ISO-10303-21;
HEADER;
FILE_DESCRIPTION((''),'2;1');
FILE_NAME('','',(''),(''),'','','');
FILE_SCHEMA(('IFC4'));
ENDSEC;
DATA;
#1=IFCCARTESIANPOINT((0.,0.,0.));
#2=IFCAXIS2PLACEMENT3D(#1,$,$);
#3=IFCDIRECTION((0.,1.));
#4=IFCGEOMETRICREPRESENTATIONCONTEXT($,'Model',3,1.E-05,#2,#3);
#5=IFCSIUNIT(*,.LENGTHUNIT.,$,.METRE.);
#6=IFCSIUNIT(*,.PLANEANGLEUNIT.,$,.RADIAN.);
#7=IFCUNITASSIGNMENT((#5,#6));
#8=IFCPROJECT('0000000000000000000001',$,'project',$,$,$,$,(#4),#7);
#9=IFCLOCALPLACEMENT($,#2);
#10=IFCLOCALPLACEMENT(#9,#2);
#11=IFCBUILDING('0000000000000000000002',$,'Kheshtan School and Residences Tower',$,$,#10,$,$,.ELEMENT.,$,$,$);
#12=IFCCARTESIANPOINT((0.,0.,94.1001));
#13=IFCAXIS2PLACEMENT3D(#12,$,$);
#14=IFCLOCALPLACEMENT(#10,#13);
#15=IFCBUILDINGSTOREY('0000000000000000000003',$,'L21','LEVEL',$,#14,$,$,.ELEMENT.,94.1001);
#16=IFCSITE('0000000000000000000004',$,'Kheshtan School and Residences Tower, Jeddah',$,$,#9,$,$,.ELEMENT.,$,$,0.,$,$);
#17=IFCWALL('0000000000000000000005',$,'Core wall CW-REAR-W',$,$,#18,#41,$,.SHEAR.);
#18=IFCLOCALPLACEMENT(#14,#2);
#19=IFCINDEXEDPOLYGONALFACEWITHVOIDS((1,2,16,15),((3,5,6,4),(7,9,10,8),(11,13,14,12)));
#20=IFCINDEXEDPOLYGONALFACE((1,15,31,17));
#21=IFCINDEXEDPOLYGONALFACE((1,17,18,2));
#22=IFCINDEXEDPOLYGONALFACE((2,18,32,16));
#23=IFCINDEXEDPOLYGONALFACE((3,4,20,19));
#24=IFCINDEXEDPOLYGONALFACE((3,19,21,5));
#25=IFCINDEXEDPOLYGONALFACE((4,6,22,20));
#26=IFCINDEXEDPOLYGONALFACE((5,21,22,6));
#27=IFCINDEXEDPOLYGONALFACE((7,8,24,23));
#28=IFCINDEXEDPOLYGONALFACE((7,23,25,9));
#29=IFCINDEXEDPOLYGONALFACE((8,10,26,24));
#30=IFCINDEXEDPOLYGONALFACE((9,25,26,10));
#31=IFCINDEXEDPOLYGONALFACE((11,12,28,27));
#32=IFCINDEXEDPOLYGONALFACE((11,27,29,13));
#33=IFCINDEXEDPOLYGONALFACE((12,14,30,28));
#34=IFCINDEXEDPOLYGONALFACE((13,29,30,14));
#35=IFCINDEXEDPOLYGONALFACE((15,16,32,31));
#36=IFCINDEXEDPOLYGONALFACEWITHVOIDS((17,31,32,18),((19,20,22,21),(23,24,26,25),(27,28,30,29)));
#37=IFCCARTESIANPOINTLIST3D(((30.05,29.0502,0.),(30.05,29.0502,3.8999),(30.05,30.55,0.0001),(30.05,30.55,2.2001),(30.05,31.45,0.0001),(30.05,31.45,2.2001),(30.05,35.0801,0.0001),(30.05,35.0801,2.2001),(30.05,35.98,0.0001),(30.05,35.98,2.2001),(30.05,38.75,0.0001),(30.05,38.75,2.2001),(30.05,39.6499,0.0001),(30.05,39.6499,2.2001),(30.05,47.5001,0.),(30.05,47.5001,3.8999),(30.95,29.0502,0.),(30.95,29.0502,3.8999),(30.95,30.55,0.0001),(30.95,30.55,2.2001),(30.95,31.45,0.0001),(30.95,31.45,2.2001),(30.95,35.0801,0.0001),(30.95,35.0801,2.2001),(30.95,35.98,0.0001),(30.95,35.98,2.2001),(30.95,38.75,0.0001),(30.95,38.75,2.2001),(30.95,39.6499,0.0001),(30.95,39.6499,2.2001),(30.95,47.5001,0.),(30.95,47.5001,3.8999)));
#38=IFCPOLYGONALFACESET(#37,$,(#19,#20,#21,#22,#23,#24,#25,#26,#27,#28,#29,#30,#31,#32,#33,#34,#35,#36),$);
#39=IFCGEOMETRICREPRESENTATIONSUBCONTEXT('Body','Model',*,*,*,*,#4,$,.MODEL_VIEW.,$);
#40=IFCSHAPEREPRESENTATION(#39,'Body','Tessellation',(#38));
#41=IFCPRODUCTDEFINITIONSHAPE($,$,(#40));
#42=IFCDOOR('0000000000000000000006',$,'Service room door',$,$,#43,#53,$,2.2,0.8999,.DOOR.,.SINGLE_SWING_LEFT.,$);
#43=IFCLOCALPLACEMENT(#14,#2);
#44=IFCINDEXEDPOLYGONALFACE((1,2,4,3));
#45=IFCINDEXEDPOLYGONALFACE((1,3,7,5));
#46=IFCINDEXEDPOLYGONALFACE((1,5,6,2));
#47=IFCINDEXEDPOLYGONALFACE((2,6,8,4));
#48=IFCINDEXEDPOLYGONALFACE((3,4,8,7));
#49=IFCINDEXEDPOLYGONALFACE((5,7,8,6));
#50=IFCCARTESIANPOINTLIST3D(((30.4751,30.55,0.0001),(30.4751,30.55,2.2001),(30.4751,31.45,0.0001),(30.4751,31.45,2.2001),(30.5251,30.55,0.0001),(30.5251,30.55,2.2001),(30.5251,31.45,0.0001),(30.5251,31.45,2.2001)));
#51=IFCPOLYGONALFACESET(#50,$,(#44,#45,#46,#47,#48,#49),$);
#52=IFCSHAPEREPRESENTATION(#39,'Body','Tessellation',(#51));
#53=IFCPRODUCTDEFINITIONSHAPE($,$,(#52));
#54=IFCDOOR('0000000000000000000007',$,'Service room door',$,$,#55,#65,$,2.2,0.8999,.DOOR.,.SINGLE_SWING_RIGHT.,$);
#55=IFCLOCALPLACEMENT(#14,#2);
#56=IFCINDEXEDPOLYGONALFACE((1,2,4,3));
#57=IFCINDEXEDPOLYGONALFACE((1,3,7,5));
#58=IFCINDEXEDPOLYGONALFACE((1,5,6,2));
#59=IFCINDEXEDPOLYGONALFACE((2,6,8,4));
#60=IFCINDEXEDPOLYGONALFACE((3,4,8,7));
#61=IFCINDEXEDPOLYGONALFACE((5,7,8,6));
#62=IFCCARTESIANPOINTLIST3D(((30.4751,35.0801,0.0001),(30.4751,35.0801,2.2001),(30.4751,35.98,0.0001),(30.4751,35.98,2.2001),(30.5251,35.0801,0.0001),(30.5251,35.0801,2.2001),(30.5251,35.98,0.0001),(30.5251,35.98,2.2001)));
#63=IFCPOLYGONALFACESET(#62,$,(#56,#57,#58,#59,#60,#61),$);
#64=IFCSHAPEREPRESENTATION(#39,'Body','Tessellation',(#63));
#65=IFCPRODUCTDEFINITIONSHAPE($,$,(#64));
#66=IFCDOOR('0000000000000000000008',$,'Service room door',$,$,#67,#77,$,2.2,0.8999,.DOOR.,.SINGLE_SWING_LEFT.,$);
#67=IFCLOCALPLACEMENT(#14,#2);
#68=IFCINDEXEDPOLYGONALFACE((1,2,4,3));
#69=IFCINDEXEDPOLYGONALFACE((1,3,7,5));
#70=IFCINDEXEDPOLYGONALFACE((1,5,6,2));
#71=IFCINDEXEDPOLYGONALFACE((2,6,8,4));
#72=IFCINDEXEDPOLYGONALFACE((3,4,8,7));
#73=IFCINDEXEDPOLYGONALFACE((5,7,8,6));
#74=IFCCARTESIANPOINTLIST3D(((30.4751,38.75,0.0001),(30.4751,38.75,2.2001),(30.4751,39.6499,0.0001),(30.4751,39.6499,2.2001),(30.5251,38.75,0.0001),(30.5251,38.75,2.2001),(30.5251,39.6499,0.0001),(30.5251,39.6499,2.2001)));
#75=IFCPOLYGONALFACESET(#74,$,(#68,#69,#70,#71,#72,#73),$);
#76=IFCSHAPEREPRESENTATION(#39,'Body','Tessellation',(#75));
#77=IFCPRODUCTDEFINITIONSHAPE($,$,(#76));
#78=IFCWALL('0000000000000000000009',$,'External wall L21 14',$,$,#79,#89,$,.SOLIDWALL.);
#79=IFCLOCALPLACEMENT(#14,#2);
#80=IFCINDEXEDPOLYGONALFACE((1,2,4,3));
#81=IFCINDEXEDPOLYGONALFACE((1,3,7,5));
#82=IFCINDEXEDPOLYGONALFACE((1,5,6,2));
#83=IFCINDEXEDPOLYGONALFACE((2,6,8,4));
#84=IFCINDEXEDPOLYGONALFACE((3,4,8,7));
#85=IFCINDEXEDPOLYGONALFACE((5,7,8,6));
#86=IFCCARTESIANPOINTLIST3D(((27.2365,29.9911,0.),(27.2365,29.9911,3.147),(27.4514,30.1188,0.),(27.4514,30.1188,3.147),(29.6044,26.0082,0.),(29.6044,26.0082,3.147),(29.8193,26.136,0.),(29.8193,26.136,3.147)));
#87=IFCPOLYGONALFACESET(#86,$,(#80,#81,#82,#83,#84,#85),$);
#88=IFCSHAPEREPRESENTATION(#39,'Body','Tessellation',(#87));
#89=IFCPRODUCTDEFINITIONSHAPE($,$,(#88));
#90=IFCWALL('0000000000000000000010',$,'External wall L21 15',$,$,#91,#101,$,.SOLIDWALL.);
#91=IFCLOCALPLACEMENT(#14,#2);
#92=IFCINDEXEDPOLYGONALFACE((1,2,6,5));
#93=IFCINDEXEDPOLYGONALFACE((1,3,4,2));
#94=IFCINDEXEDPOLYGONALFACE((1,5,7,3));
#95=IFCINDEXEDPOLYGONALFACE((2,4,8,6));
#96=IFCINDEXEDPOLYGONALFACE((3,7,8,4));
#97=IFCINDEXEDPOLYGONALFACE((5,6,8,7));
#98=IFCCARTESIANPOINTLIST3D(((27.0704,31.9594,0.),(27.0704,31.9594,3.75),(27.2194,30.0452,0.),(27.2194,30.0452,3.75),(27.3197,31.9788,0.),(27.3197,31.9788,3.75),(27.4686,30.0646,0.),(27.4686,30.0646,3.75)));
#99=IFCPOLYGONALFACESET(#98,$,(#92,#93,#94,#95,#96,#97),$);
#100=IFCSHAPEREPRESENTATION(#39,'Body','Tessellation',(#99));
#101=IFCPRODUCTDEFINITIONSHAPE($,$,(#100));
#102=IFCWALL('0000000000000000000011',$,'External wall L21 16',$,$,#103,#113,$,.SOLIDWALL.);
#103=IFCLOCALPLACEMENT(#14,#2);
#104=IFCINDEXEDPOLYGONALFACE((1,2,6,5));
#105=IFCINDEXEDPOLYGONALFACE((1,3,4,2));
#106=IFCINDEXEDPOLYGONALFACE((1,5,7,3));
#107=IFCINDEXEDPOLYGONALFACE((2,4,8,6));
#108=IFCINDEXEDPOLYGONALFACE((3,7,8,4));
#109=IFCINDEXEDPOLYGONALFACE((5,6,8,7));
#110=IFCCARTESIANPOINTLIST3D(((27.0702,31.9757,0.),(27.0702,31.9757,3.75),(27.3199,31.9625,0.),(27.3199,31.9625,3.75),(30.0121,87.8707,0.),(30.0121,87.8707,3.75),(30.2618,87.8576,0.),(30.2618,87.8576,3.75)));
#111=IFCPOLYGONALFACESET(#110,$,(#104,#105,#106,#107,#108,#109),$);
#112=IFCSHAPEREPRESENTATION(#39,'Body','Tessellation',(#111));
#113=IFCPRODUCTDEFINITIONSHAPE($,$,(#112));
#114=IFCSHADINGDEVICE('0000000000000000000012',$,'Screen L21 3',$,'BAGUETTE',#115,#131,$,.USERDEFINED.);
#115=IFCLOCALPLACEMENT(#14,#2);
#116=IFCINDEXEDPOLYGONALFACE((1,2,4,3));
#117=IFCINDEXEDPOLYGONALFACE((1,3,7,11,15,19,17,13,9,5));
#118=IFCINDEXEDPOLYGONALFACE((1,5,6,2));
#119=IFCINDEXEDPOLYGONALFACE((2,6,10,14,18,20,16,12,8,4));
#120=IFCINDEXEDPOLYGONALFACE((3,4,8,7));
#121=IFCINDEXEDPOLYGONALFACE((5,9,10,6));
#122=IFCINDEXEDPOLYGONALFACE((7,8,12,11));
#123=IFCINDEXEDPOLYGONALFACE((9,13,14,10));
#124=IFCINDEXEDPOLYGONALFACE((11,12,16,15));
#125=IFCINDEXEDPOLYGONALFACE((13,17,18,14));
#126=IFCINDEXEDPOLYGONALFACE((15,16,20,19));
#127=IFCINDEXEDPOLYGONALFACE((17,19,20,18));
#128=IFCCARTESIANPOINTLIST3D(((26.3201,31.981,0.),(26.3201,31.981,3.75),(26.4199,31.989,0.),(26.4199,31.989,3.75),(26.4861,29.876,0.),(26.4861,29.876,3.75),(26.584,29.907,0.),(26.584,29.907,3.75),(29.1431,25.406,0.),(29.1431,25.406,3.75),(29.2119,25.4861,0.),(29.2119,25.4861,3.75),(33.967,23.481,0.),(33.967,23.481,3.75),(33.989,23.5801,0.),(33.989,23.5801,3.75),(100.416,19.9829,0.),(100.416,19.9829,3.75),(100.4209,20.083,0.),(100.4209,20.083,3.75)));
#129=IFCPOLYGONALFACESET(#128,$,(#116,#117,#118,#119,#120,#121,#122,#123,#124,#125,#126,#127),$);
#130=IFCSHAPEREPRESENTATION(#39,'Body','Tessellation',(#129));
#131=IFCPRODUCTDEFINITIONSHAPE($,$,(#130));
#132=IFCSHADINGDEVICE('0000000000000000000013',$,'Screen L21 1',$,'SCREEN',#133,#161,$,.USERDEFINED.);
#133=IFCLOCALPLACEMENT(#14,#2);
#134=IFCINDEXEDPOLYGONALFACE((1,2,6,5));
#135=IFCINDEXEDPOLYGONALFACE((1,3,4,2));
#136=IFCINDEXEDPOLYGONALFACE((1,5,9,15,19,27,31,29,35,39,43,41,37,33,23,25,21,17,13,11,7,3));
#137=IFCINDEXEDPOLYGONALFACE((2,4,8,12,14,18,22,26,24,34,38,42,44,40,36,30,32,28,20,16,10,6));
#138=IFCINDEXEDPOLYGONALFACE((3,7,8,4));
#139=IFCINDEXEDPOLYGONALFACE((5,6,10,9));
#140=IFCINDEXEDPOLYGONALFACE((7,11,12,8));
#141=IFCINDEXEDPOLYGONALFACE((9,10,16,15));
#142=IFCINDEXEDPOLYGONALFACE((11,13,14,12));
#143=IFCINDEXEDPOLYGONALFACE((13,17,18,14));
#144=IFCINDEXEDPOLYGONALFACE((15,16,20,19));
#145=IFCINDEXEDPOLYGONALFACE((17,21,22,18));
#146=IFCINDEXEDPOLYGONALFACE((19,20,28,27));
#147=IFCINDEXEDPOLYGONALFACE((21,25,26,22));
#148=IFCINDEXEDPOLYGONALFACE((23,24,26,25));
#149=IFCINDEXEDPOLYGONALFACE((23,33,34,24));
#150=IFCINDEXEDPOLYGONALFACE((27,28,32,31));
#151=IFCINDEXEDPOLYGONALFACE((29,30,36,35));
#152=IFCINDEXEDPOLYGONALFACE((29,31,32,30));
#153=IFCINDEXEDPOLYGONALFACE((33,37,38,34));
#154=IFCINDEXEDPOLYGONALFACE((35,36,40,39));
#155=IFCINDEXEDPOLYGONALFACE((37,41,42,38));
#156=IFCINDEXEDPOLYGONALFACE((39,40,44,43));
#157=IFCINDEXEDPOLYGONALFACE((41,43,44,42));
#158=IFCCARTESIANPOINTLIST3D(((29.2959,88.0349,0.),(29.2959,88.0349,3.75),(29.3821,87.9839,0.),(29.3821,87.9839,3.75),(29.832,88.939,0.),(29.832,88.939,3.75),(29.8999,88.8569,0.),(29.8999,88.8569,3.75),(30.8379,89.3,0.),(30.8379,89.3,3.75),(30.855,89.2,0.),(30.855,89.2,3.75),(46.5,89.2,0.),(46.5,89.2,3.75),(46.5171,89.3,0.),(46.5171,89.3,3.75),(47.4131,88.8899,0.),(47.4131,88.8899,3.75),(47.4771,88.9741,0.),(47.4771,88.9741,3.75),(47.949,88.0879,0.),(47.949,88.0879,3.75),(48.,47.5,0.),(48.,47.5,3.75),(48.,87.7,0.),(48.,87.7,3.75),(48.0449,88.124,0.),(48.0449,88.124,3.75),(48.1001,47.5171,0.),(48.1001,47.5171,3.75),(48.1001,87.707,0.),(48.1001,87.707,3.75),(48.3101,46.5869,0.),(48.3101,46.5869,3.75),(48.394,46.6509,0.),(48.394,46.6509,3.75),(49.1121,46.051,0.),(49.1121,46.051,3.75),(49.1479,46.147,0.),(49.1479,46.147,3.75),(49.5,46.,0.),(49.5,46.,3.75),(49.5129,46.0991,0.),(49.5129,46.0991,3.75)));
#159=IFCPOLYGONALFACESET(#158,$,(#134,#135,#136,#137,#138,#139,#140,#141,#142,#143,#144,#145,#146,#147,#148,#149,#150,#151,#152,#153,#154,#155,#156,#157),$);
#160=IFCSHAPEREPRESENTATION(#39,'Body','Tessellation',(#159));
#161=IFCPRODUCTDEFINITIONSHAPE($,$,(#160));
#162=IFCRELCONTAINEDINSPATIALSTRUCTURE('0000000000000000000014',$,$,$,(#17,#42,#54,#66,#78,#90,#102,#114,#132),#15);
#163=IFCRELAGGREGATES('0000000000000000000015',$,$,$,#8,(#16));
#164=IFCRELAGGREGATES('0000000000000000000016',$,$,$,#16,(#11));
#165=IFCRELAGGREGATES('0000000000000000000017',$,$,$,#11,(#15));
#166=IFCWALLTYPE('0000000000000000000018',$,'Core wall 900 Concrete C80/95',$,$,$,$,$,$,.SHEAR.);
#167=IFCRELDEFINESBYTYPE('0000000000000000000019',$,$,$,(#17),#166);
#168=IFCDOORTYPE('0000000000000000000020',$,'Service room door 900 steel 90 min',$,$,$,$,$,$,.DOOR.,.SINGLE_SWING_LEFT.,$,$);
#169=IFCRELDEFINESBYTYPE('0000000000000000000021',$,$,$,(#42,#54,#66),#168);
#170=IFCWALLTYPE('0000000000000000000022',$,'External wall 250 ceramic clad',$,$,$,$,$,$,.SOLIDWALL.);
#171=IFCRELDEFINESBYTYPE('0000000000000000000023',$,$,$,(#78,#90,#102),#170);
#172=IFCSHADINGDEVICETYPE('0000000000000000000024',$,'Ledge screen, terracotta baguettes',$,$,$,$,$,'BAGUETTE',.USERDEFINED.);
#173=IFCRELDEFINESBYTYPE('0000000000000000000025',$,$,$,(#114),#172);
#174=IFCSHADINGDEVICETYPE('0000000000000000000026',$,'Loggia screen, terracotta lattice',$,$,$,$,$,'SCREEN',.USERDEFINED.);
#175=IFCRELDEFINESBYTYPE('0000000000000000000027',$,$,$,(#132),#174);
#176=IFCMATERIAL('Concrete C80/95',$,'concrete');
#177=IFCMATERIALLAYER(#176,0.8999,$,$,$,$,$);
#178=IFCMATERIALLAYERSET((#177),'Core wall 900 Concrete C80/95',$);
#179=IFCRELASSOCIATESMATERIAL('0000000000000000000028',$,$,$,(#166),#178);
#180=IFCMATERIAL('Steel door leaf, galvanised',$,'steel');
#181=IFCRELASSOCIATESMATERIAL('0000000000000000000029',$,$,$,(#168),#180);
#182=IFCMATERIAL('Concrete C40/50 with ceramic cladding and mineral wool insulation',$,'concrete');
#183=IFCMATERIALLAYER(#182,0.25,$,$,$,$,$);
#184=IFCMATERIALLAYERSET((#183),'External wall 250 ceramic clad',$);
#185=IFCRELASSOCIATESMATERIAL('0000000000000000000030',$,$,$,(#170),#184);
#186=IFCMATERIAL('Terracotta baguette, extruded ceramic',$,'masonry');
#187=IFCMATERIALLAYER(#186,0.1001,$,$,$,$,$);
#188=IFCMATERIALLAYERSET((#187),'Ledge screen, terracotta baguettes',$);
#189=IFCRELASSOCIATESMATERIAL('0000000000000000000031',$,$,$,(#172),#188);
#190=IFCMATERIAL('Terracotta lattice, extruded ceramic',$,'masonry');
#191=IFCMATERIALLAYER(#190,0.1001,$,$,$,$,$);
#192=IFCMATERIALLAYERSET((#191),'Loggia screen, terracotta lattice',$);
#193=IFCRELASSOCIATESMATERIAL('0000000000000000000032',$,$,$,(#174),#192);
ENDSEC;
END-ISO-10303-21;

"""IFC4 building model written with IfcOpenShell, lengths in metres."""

from ifc_helpers import new_model, si_unit, direction, frame, frame_2d, origin, place, context, subcontext, project, spatial, polyline, rectangle, outline, extrude, source, transform, mapped, material, layer, layer_set, type_object, element, fill, save


model = new_model("IFC4")

# Units and contexts
model_context = context("Model", 3, precision=1e-05, world=origin(), true_north=direction((0.0, 1.0)))
body_context = subcontext(model_context, "Body", "Model", "MODEL_VIEW")
ifc_project = project(units=[si_unit("LENGTHUNIT", "METRE"), si_unit("PLANEANGLEUNIT", "RADIAN")], contexts=[model_context])

# Site, building, storey
site_placement = place(None, origin())
site = spatial("IfcSite", under=ifc_project, at=site_placement, Name="Kheshtan School and Residences Tower, Jeddah", CompositionType="ELEMENT", RefElevation=0.0)
building_placement = place(site_placement, origin())
building = spatial("IfcBuilding", under=site, at=building_placement, Name="Kheshtan School and Residences Tower", CompositionType="ELEMENT")
storey_placement = place(building_placement, frame((0.0, 0.0, 94.1001)))
storey = spatial("IfcBuildingStorey", under=building, at=storey_placement, Name="L21", Description="LEVEL", CompositionType="ELEMENT", Elevation=94.1001)

# Wall, openings, doors
ifc_material_1 = material(Name="Concrete C80/95", Category="concrete")
ifc_layer_1 = layer(ifc_material_1, 0.8999)
ifc_layer_set_1 = layer_set([ifc_layer_1], Name="Core wall 900 Concrete C80/95")
wall_type_1 = type_object("IfcWallType", Name="Core wall 900 Concrete C80/95", PredefinedType="SHEAR", material=ifc_layer_set_1)
wall_1_placement = place(storey_placement, frame((30.5, 29.05, 0.0), z_axis=(0.0, 0.0, 1.0), x_axis=(0.0, 1.0, 0.0)))
wall_1 = element("IfcWall", 1, at=wall_1_placement, inside=storey, type_object=wall_type_1, Name="Core wall CW-REAR-W", PredefinedType="SHEAR", context=body_context, shape_type="SweptSolid", body=[
    extrude(rectangle(XDim=18.45, YDim=0.8999, at=frame_2d((9.2251, 0.0))), origin(), (0.0, 0.0, 1.0), 3.8999),
])
opening_1_placement = place(wall_1_placement, frame((1.5, 0.0, 0.0)))
opening_1 = element("IfcOpeningElement", 2, at=opening_1_placement, cuts=wall_1, PredefinedType="OPENING", context=body_context, shape_type="SweptSolid", body=[
    extrude(rectangle(XDim=0.8999, YDim=2.2, at=frame_2d((0.45, 1.1001))), frame((0.0, 0.46, 0.0), z_axis=(0.0, -1.0, 0.0), x_axis=(1.0, 0.0, 0.0)), (0.0, 0.0, 1.0), 0.9199),
])
opening_2_placement = place(wall_1_placement, frame((6.03, 0.0, 0.0)))
opening_2 = element("IfcOpeningElement", 3, at=opening_2_placement, cuts=wall_1, PredefinedType="OPENING", context=body_context, shape_type="SweptSolid", body=[
    extrude(rectangle(XDim=0.8999, YDim=2.2, at=frame_2d((0.45, 1.1001))), frame((0.0, 0.46, 0.0), z_axis=(0.0, -1.0, 0.0), x_axis=(1.0, 0.0, 0.0)), (0.0, 0.0, 1.0), 0.9199),
])
opening_3_placement = place(wall_1_placement, frame((9.7, 0.0, 0.0)))
opening_3 = element("IfcOpeningElement", 4, at=opening_3_placement, cuts=wall_1, PredefinedType="OPENING", context=body_context, shape_type="SweptSolid", body=[
    extrude(rectangle(XDim=0.8999, YDim=2.2, at=frame_2d((0.45, 1.1001))), frame((0.0, 0.46, 0.0), z_axis=(0.0, -1.0, 0.0), x_axis=(1.0, 0.0, 0.0)), (0.0, 0.0, 1.0), 0.9199),
])
ifc_material_2 = material(Name="Steel door leaf, galvanised", Category="steel")
door_type = type_object("IfcDoorType", Name="Service room door 900 steel 90 min", OperationType="SINGLE_SWING_LEFT", PredefinedType="DOOR", material=ifc_material_2)
shared_shape = source(origin(), body_context, "Body", "SweptSolid", [
    extrude(rectangle(XDim=0.8999, YDim=2.2, at=frame_2d((0.45, 1.1001))), frame((0.0, 0.0249, 0.0), z_axis=(0.0, -1.0, 0.0), x_axis=(1.0, 0.0, 0.0)), (0.0, 0.0, 1.0), 0.05),
])
door_1_placement = place(opening_1_placement, origin())
door_1 = element("IfcDoor", 5, at=door_1_placement, inside=storey, type_object=door_type, Name="Service room door", OperationType="SINGLE_SWING_LEFT", OverallHeight=2.2, OverallWidth=0.8999, PredefinedType="DOOR", context=body_context, shape_type="MappedRepresentation", body=[
    mapped(shared_shape, transform((0.0, 0.0, 0.0), x_axis=(1.0, 0.0, 0.0), y_axis=(0.0, 1.0, 0.0), z_axis=(0.0, 0.0, 1.0), scale=1.0)),
])
fill(opening_1, door_1)
door_2_placement = place(opening_2_placement, origin())
door_2 = element("IfcDoor", 6, at=door_2_placement, inside=storey, type_object=door_type, Name="Service room door", OperationType="SINGLE_SWING_RIGHT", OverallHeight=2.2, OverallWidth=0.8999, PredefinedType="DOOR", context=body_context, shape_type="MappedRepresentation", body=[
    mapped(shared_shape, transform((0.0, 0.0, 0.0), x_axis=(1.0, 0.0, 0.0), y_axis=(0.0, 1.0, 0.0), z_axis=(0.0, 0.0, 1.0), scale=1.0)),
])
fill(opening_2, door_2)
door_3_placement = place(opening_3_placement, origin())
door_3 = element("IfcDoor", 7, at=door_3_placement, inside=storey, type_object=door_type, Name="Service room door", OperationType="SINGLE_SWING_LEFT", OverallHeight=2.2, OverallWidth=0.8999, PredefinedType="DOOR", context=body_context, shape_type="MappedRepresentation", body=[
    mapped(shared_shape, transform((0.0, 0.0, 0.0), x_axis=(1.0, 0.0, 0.0), y_axis=(0.0, 1.0, 0.0), z_axis=(0.0, 0.0, 1.0), scale=1.0)),
])
fill(opening_3, door_3)

# Walls
ifc_material_3 = material(Name="Concrete C40/50 with ceramic cladding and mineral wool insulation", Category="concrete")
ifc_layer_2 = layer(ifc_material_3, 0.25)
ifc_layer_set_2 = layer_set([ifc_layer_2], Name="External wall 250 ceramic clad")
wall_type_2 = type_object("IfcWallType", Name="External wall 250 ceramic clad", PredefinedType="SOLIDWALL", material=ifc_layer_set_2)
wall_2_placement = place(storey_placement, frame((29.7119, 26.072, 0.0), z_axis=(0.0, 0.0, 1.0), x_axis=(-0.511028, 0.859564, 0.0)))
element("IfcWall", 8, at=wall_2_placement, inside=storey, type_object=wall_type_2, Name="External wall L21 14", PredefinedType="SOLIDWALL", context=body_context, shape_type="SweptSolid", body=[
    extrude(rectangle(XDim=4.6335, YDim=0.25, at=frame_2d((2.3169, 0.0))), origin(), (0.0, 0.0, 1.0), 3.147),
])
wall_3_placement = place(storey_placement, frame((27.344, 30.0549, 0.0), z_axis=(0.0, 0.0, 1.0), x_axis=(-0.077572, 0.996987, 0.0)))
element("IfcWall", 9, at=wall_3_placement, inside=storey, type_object=wall_type_2, Name="External wall L21 15", PredefinedType="SOLIDWALL", context=body_context, shape_type="SweptSolid", body=[
    extrude(rectangle(XDim=1.9199, YDim=0.25, at=frame_2d((0.96, 0.0))), origin(), (0.0, 0.0, 1.0), 3.75),
])
wall_4_placement = place(storey_placement, frame((27.1951, 31.969, 0.0), z_axis=(0.0, 0.0, 1.0), x_axis=(0.05256, 0.998618, 0.0)))
element("IfcWall", 10, at=wall_4_placement, inside=storey, type_object=wall_type_2, Name="External wall L21 16", PredefinedType="SOLIDWALL", context=body_context, shape_type="SweptSolid", body=[
    extrude(rectangle(XDim=55.9724, YDim=0.25, at=frame_2d((27.9863, 0.0))), origin(), (0.0, 0.0, 1.0), 3.75),
])

# Shading devices
ifc_material_4 = material(Name="Terracotta baguette, extruded ceramic", Category="masonry")
ifc_layer_3 = layer(ifc_material_4, 0.1001)
ifc_layer_set_3 = layer_set([ifc_layer_3], Name="Ledge screen, terracotta baguettes")
shading_device_type_1 = type_object("IfcShadingDeviceType", Name="Ledge screen, terracotta baguettes", ElementType="BAGUETTE", PredefinedType="USERDEFINED", material=ifc_layer_set_3)
shading_device_1_placement = place(storey_placement, origin())
element("IfcShadingDevice", 11, at=shading_device_1_placement, inside=storey, type_object=shading_device_type_1, Name="Screen L21 3", ObjectType="BAGUETTE", PredefinedType="USERDEFINED", context=body_context, shape_type="SweptSolid", body=[
    extrude(outline(polyline([(100.4209, 20.083), (33.989, 23.5801), (29.2119, 25.4861), (26.584, 29.907), (26.4199, 31.989), (26.3201, 31.981), (26.4861, 29.876), (29.1431, 25.406), (33.967, 23.481), (100.416, 19.9829), (100.4209, 20.083)])), origin(), (0.0, 0.0, 1.0), 3.75),
])
ifc_material_5 = material(Name="Terracotta lattice, extruded ceramic", Category="masonry")
ifc_layer_4 = layer(ifc_material_5, 0.1001)
ifc_layer_set_4 = layer_set([ifc_layer_4], Name="Loggia screen, terracotta lattice")
shading_device_type_2 = type_object("IfcShadingDeviceType", Name="Loggia screen, terracotta lattice", ElementType="SCREEN", PredefinedType="USERDEFINED", material=ifc_layer_set_4)
shading_device_2_placement = place(storey_placement, origin())
element("IfcShadingDevice", 12, at=shading_device_2_placement, inside=storey, type_object=shading_device_type_2, Name="Screen L21 1", ObjectType="SCREEN", PredefinedType="USERDEFINED", context=body_context, shape_type="SweptSolid", body=[
    extrude(outline(polyline([(29.3821, 87.9839), (29.8999, 88.8569), (30.855, 89.2), (46.5, 89.2), (47.4131, 88.8899), (47.949, 88.0879), (48.0, 87.7), (48.0, 47.5), (48.3101, 46.5869), (49.1121, 46.051), (49.5, 46.0), (49.5129, 46.0991), (49.1479, 46.147), (48.394, 46.6509), (48.1001, 47.5171), (48.1001, 87.707), (48.0449, 88.124), (47.4771, 88.9741), (46.5171, 89.3), (30.8379, 89.3), (29.832, 88.939), (29.2959, 88.0349), (29.3821, 87.9839)])), origin(), (0.0, 0.0, 1.0), 3.75),
])

save(model, "model.ifc")
